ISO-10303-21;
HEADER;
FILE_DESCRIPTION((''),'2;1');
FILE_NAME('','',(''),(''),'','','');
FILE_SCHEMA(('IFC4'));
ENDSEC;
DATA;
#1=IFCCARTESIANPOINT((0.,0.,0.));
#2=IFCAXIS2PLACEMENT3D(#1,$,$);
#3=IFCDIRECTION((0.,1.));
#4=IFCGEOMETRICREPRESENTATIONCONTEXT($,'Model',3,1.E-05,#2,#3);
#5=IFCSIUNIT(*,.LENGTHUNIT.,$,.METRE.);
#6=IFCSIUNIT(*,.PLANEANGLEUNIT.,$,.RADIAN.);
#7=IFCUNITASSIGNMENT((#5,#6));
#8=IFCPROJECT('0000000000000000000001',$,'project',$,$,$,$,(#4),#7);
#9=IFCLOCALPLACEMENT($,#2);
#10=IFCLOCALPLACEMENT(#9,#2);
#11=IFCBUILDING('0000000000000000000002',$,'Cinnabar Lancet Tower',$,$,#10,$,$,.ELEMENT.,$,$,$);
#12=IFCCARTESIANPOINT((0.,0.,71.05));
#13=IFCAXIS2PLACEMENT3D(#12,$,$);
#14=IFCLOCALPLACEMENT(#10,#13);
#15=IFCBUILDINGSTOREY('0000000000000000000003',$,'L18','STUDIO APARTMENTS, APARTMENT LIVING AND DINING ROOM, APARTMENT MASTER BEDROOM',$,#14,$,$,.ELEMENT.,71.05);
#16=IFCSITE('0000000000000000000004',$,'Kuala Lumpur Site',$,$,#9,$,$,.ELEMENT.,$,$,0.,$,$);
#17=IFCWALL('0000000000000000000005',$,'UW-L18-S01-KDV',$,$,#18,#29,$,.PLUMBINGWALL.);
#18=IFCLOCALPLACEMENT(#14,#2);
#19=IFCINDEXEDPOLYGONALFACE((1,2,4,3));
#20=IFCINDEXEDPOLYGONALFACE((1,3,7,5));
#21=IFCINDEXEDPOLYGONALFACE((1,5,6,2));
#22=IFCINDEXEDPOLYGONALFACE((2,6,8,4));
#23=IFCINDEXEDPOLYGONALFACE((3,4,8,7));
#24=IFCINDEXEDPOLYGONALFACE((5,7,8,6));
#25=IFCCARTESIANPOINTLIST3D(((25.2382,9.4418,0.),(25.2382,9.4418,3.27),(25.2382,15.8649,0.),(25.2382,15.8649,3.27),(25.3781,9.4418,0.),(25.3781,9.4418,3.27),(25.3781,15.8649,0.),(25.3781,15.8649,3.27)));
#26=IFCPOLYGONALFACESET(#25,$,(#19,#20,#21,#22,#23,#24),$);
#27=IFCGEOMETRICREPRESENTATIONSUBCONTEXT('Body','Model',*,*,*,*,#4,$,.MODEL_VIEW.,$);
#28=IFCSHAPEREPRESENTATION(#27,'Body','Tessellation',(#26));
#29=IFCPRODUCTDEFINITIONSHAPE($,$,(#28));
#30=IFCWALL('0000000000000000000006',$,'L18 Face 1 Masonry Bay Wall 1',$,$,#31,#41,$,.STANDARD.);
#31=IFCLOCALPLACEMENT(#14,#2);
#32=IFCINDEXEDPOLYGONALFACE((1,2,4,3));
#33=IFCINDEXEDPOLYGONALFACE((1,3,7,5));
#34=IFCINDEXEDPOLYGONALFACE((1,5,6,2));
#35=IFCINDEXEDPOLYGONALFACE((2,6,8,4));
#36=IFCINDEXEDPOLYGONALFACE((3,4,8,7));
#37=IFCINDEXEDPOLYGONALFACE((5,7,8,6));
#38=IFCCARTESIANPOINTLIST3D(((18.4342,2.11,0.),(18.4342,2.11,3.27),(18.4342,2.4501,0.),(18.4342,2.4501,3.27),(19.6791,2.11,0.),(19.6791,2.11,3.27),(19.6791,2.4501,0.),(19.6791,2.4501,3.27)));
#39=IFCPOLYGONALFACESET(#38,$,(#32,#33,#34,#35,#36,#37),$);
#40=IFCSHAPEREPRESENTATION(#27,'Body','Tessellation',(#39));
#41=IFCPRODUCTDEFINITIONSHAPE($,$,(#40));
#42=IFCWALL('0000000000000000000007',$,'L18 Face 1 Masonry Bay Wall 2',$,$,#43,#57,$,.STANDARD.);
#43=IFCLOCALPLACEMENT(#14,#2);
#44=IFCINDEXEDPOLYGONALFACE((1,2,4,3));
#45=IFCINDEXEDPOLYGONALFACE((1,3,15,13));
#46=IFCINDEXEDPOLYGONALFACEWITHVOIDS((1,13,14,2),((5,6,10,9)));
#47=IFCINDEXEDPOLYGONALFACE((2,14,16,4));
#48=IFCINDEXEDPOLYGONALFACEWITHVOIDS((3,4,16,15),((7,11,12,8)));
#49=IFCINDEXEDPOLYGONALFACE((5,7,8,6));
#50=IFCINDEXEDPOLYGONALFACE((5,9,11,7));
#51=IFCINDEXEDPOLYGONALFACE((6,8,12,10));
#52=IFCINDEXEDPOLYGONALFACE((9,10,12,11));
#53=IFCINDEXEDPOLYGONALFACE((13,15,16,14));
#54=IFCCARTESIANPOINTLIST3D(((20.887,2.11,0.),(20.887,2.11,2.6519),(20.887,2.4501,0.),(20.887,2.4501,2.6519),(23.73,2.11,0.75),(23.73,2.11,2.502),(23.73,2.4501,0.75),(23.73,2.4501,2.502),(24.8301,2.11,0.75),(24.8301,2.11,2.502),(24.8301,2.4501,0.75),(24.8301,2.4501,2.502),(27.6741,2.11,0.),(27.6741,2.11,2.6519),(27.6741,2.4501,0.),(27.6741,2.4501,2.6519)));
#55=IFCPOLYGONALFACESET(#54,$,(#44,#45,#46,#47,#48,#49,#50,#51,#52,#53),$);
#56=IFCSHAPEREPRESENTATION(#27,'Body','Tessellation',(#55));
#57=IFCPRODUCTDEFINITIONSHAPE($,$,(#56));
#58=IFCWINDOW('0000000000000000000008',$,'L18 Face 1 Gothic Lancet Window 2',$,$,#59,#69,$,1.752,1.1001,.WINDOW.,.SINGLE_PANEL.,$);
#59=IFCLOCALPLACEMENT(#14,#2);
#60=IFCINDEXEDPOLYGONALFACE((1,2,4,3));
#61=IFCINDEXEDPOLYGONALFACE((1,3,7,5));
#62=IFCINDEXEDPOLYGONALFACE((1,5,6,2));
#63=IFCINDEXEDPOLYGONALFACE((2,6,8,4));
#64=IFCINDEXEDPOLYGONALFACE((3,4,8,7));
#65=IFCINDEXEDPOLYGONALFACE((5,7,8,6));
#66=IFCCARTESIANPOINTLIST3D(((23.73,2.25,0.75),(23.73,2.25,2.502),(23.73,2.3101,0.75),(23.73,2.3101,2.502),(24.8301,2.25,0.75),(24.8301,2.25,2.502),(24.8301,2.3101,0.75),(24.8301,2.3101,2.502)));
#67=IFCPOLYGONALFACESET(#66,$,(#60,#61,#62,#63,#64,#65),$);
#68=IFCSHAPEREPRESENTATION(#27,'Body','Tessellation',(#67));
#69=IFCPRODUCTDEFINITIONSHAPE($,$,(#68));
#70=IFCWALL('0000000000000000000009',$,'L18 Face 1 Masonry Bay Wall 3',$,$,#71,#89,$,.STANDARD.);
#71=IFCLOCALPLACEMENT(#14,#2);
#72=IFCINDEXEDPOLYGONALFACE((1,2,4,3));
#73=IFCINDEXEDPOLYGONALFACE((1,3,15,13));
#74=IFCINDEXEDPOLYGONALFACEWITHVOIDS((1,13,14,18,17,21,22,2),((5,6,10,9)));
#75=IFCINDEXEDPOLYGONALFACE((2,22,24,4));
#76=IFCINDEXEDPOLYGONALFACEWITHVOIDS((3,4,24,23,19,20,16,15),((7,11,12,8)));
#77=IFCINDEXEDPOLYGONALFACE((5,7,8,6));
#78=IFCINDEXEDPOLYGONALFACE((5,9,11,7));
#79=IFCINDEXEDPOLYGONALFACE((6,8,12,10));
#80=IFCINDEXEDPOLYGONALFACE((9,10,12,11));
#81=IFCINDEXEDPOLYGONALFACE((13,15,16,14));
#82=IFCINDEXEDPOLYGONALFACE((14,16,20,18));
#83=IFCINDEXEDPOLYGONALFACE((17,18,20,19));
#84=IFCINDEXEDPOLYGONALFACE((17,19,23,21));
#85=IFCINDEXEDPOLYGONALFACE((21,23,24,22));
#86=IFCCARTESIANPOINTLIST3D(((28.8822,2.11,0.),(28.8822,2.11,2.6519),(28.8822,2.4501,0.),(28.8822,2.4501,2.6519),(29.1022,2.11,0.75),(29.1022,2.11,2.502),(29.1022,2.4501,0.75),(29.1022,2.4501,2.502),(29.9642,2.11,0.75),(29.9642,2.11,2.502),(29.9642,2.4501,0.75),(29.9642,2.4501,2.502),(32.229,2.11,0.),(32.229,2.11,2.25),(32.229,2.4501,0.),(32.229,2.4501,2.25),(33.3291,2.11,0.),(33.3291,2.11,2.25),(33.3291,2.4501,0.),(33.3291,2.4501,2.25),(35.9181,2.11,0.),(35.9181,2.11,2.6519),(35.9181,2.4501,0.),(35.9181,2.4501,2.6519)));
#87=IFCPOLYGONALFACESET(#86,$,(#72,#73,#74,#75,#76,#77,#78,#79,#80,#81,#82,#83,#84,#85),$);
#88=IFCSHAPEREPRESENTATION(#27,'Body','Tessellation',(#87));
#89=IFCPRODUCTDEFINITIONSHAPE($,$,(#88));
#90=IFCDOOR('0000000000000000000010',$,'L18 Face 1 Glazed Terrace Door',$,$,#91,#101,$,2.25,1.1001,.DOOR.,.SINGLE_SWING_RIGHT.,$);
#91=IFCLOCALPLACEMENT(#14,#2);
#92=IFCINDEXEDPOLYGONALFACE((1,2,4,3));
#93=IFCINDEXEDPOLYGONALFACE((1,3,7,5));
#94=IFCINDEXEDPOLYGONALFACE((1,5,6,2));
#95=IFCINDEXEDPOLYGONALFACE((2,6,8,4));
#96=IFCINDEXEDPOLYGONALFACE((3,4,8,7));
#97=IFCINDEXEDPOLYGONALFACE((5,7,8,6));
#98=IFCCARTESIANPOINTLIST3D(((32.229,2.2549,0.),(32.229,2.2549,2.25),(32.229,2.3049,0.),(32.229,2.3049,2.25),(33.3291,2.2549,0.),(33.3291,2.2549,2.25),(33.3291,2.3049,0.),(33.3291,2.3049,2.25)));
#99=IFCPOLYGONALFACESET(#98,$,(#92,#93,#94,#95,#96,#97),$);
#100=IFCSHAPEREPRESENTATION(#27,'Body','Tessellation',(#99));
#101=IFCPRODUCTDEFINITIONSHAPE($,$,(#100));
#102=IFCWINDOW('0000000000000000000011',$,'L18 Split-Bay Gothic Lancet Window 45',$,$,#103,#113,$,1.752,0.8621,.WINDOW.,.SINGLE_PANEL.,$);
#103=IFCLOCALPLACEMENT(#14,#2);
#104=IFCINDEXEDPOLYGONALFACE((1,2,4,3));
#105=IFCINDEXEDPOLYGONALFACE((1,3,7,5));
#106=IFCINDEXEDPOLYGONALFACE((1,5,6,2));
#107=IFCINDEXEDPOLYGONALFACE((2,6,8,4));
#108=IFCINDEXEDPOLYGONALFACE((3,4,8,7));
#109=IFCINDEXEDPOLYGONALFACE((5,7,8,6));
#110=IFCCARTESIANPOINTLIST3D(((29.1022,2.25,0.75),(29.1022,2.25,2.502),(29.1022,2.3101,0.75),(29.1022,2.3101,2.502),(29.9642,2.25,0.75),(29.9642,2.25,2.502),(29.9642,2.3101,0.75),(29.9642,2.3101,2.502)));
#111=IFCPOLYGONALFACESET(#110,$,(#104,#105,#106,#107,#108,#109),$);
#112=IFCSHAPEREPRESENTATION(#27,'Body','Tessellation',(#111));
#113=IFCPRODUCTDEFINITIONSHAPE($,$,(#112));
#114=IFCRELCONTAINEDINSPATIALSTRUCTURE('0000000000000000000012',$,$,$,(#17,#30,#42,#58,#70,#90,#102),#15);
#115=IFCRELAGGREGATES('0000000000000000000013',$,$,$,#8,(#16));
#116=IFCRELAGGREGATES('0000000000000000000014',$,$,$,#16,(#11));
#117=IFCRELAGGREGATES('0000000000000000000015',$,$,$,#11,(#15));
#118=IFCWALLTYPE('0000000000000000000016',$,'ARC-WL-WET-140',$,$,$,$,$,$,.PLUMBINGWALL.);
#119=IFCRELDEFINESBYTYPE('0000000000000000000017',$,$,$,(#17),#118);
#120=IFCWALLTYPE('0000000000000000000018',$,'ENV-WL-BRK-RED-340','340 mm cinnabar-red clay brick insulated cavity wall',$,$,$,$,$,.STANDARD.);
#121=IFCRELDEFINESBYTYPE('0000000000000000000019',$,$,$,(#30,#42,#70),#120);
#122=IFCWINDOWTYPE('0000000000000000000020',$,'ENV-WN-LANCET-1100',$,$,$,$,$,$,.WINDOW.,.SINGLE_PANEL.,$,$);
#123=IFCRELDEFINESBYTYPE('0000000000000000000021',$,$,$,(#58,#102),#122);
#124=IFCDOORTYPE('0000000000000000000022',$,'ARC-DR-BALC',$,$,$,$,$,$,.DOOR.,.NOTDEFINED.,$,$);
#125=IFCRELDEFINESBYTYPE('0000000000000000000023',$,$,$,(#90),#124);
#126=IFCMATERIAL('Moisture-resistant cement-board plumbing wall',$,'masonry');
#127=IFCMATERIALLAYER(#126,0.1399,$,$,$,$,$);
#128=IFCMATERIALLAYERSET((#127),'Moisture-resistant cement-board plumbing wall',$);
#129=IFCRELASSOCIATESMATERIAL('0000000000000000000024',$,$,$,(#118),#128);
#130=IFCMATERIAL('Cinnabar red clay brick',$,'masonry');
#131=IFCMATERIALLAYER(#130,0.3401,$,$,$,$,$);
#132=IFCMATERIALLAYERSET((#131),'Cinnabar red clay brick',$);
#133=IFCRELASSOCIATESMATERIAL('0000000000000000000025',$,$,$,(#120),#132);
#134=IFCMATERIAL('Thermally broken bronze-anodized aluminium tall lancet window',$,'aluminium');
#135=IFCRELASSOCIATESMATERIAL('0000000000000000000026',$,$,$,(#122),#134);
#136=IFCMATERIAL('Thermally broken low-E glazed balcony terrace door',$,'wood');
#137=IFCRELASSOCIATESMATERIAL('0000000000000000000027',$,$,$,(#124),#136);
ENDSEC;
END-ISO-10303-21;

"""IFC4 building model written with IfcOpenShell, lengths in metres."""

from ifc_helpers import new_model, si_unit, direction, frame, frame_2d, origin, place, context, subcontext, project, spatial, rectangle, extrude, material, layer, layer_set, type_object, element, fill, save


model = new_model("IFC4")

# Units and contexts
model_context = context("Model", 3, precision=1e-05, world=origin(), true_north=direction((0.0, 1.0)))
body_context = subcontext(model_context, "Body", "Model", "MODEL_VIEW")
ifc_project = project(units=[si_unit("LENGTHUNIT", "METRE"), si_unit("PLANEANGLEUNIT", "RADIAN")], contexts=[model_context])

# Site, building, storey
site_placement = place(None, origin())
site = spatial("IfcSite", under=ifc_project, at=site_placement, Name="Kuala Lumpur Site", CompositionType="ELEMENT", RefElevation=0.0)
building_placement = place(site_placement, origin())
building = spatial("IfcBuilding", under=site, at=building_placement, Name="Cinnabar Lancet Tower", CompositionType="ELEMENT")
storey_placement = place(building_placement, frame((0.0, 0.0, 71.05)))
storey = spatial("IfcBuildingStorey", under=building, at=storey_placement, Name="L18", Description="STUDIO APARTMENTS, APARTMENT LIVING AND DINING ROOM, APARTMENT MASTER BEDROOM", CompositionType="ELEMENT", Elevation=71.05)

# Shared definitions
ifc_material_1 = material(Name="Moisture-resistant cement-board plumbing wall", Category="masonry")
ifc_layer_1 = layer(ifc_material_1, 0.1399)
ifc_layer_set_1 = layer_set([ifc_layer_1], Name="Moisture-resistant cement-board plumbing wall")
wall_type_1 = type_object("IfcWallType", Name="ARC-WL-WET-140", PredefinedType="PLUMBINGWALL", material=ifc_layer_set_1)

# Walls
wall_1_placement = place(storey_placement, frame((25.3081, 9.4419, 0.0), z_axis=(0.0, 0.0, 1.0), x_axis=(0.0, 1.0, 0.0)))
element("IfcWall", 1, at=wall_1_placement, inside=storey, type_object=wall_type_1, Name="UW-L18-S01-KDV", PredefinedType="PLUMBINGWALL", context=body_context, shape_type="SweptSolid", body=[
    extrude(rectangle(XDim=6.4231, YDim=0.1399, at=frame_2d((3.2114, 0.0))), origin(), (0.0, 0.0, 1.0), 3.27),
])
ifc_material_2 = material(Name="Cinnabar red clay brick", Category="masonry")
ifc_layer_2 = layer(ifc_material_2, 0.3401)
ifc_layer_set_2 = layer_set([ifc_layer_2], Name="Cinnabar red clay brick")
wall_type_2 = type_object("IfcWallType", Name="ENV-WL-BRK-RED-340", Description="340 mm cinnabar-red clay brick insulated cavity wall", PredefinedType="STANDARD", material=ifc_layer_set_2)
wall_2_placement = place(storey_placement, frame((18.4341, 2.28, 0.0), z_axis=(0.0, 0.0, 1.0), x_axis=(1.0, 0.0, 0.0)))
element("IfcWall", 2, at=wall_2_placement, inside=storey, type_object=wall_type_2, Name="L18 Face 1 Masonry Bay Wall 1", PredefinedType="STANDARD", context=body_context, shape_type="SweptSolid", body=[
    extrude(rectangle(XDim=1.2449, YDim=0.3401, at=frame_2d((0.6226, 0.0))), origin(), (0.0, 0.0, 1.0), 3.27),
])

# Wall, opening, window
wall_3_placement = place(storey_placement, frame((20.887, 2.28, 0.0), z_axis=(0.0, 0.0, 1.0), x_axis=(1.0, 0.0, 0.0)))
wall_3 = element("IfcWall", 3, at=wall_3_placement, inside=storey, type_object=wall_type_2, Name="L18 Face 1 Masonry Bay Wall 2", PredefinedType="STANDARD", context=body_context, shape_type="SweptSolid", body=[
    extrude(rectangle(XDim=6.7871, YDim=0.3401, at=frame_2d((3.3936, 0.0))), origin(), (0.0, 0.0, 1.0), 2.6519),
])
opening_1_placement = place(wall_3_placement, frame((2.843, 0.0, 0.75)))
opening_1 = element("IfcOpeningElement", 4, at=opening_1_placement, cuts=wall_3, PredefinedType="OPENING", context=body_context, shape_type="SweptSolid", body=[
    extrude(rectangle(XDim=1.1001, YDim=1.752, at=frame_2d((0.55, 0.876))), frame((0.0, 0.1799, 0.0), z_axis=(0.0, -1.0, 0.0), x_axis=(1.0, 0.0, 0.0)), (0.0, 0.0, 1.0), 0.3601),
])
ifc_material_3 = material(Name="Thermally broken bronze-anodized aluminium tall lancet window", Category="aluminium")
window_type = type_object("IfcWindowType", Name="ENV-WN-LANCET-1100", PartitioningType="SINGLE_PANEL", PredefinedType="WINDOW", material=ifc_material_3)
window_1_placement = place(opening_1_placement, origin())
window_1 = element("IfcWindow", 5, at=window_1_placement, inside=storey, type_object=window_type, Name="L18 Face 1 Gothic Lancet Window 2", OverallHeight=1.752, OverallWidth=1.1001, PartitioningType="SINGLE_PANEL", PredefinedType="WINDOW", context=body_context, shape_type="SweptSolid", body=[
    extrude(rectangle(XDim=1.1001, YDim=1.752, at=frame_2d((0.55, 0.876))), frame((0.0, 0.03, 0.0), z_axis=(0.0, -1.0, 0.0), x_axis=(1.0, 0.0, 0.0)), (0.0, 0.0, 1.0), 0.0601),
])
fill(opening_1, window_1)

# Wall, openings, door, window
wall_4_placement = place(storey_placement, frame((28.8821, 2.28, 0.0), z_axis=(0.0, 0.0, 1.0), x_axis=(1.0, 0.0, 0.0)))
wall_4 = element("IfcWall", 6, at=wall_4_placement, inside=storey, type_object=wall_type_2, Name="L18 Face 1 Masonry Bay Wall 3", PredefinedType="STANDARD", context=body_context, shape_type="SweptSolid", body=[
    extrude(rectangle(XDim=7.0359, YDim=0.3401, at=frame_2d((3.5181, 0.0))), origin(), (0.0, 0.0, 1.0), 2.6519),
])
opening_2_placement = place(wall_4_placement, frame((3.3469, 0.0, 0.0)))
opening_2 = element("IfcOpeningElement", 7, at=opening_2_placement, cuts=wall_4, PredefinedType="OPENING", context=body_context, shape_type="SweptSolid", body=[
    extrude(rectangle(XDim=1.1001, YDim=2.25, at=frame_2d((0.55, 1.125))), frame((0.0, 0.1799, 0.0), z_axis=(0.0, -1.0, 0.0), x_axis=(1.0, 0.0, 0.0)), (0.0, 0.0, 1.0), 0.3601),
])
opening_3_placement = place(wall_4_placement, frame((0.22, 0.0, 0.75)))
opening_3 = element("IfcOpeningElement", 8, at=opening_3_placement, cuts=wall_4, PredefinedType="OPENING", context=body_context, shape_type="SweptSolid", body=[
    extrude(rectangle(XDim=0.8621, YDim=1.752, at=frame_2d((0.4312, 0.876))), frame((0.0, 0.1799, 0.0), z_axis=(0.0, -1.0, 0.0), x_axis=(1.0, 0.0, 0.0)), (0.0, 0.0, 1.0), 0.3601),
])
ifc_material_4 = material(Name="Thermally broken low-E glazed balcony terrace door", Category="wood")
door_type_1 = type_object("IfcDoorType", Name="ARC-DR-BALC", OperationType="NOTDEFINED", PredefinedType="DOOR", material=ifc_material_4)
door_1_placement = place(opening_2_placement, origin())
door_1 = element("IfcDoor", 9, at=door_1_placement, inside=storey, type_object=door_type_1, Name="L18 Face 1 Glazed Terrace Door", OperationType="SINGLE_SWING_RIGHT", OverallHeight=2.25, OverallWidth=1.1001, PredefinedType="DOOR", context=body_context, shape_type="SweptSolid", body=[
    extrude(rectangle(XDim=1.1001, YDim=2.25, at=frame_2d((0.55, 1.125))), frame((0.0, 0.0249, 0.0), z_axis=(0.0, -1.0, 0.0), x_axis=(1.0, 0.0, 0.0)), (0.0, 0.0, 1.0), 0.05),
])
fill(opening_2, door_1)
window_2_placement = place(opening_3_placement, origin())
window_2 = element("IfcWindow", 10, at=window_2_placement, inside=storey, type_object=window_type, Name="L18 Split-Bay Gothic Lancet Window 45", OverallHeight=1.752, OverallWidth=0.8621, PartitioningType="SINGLE_PANEL", PredefinedType="WINDOW", context=body_context, shape_type="SweptSolid", body=[
    extrude(rectangle(XDim=0.8621, YDim=1.752, at=frame_2d((0.4312, 0.876))), frame((0.0, 0.03, 0.0), z_axis=(0.0, -1.0, 0.0), x_axis=(1.0, 0.0, 0.0)), (0.0, 0.0, 1.0), 0.0601),
])
fill(opening_3, window_2)

save(model, "model.ifc")
